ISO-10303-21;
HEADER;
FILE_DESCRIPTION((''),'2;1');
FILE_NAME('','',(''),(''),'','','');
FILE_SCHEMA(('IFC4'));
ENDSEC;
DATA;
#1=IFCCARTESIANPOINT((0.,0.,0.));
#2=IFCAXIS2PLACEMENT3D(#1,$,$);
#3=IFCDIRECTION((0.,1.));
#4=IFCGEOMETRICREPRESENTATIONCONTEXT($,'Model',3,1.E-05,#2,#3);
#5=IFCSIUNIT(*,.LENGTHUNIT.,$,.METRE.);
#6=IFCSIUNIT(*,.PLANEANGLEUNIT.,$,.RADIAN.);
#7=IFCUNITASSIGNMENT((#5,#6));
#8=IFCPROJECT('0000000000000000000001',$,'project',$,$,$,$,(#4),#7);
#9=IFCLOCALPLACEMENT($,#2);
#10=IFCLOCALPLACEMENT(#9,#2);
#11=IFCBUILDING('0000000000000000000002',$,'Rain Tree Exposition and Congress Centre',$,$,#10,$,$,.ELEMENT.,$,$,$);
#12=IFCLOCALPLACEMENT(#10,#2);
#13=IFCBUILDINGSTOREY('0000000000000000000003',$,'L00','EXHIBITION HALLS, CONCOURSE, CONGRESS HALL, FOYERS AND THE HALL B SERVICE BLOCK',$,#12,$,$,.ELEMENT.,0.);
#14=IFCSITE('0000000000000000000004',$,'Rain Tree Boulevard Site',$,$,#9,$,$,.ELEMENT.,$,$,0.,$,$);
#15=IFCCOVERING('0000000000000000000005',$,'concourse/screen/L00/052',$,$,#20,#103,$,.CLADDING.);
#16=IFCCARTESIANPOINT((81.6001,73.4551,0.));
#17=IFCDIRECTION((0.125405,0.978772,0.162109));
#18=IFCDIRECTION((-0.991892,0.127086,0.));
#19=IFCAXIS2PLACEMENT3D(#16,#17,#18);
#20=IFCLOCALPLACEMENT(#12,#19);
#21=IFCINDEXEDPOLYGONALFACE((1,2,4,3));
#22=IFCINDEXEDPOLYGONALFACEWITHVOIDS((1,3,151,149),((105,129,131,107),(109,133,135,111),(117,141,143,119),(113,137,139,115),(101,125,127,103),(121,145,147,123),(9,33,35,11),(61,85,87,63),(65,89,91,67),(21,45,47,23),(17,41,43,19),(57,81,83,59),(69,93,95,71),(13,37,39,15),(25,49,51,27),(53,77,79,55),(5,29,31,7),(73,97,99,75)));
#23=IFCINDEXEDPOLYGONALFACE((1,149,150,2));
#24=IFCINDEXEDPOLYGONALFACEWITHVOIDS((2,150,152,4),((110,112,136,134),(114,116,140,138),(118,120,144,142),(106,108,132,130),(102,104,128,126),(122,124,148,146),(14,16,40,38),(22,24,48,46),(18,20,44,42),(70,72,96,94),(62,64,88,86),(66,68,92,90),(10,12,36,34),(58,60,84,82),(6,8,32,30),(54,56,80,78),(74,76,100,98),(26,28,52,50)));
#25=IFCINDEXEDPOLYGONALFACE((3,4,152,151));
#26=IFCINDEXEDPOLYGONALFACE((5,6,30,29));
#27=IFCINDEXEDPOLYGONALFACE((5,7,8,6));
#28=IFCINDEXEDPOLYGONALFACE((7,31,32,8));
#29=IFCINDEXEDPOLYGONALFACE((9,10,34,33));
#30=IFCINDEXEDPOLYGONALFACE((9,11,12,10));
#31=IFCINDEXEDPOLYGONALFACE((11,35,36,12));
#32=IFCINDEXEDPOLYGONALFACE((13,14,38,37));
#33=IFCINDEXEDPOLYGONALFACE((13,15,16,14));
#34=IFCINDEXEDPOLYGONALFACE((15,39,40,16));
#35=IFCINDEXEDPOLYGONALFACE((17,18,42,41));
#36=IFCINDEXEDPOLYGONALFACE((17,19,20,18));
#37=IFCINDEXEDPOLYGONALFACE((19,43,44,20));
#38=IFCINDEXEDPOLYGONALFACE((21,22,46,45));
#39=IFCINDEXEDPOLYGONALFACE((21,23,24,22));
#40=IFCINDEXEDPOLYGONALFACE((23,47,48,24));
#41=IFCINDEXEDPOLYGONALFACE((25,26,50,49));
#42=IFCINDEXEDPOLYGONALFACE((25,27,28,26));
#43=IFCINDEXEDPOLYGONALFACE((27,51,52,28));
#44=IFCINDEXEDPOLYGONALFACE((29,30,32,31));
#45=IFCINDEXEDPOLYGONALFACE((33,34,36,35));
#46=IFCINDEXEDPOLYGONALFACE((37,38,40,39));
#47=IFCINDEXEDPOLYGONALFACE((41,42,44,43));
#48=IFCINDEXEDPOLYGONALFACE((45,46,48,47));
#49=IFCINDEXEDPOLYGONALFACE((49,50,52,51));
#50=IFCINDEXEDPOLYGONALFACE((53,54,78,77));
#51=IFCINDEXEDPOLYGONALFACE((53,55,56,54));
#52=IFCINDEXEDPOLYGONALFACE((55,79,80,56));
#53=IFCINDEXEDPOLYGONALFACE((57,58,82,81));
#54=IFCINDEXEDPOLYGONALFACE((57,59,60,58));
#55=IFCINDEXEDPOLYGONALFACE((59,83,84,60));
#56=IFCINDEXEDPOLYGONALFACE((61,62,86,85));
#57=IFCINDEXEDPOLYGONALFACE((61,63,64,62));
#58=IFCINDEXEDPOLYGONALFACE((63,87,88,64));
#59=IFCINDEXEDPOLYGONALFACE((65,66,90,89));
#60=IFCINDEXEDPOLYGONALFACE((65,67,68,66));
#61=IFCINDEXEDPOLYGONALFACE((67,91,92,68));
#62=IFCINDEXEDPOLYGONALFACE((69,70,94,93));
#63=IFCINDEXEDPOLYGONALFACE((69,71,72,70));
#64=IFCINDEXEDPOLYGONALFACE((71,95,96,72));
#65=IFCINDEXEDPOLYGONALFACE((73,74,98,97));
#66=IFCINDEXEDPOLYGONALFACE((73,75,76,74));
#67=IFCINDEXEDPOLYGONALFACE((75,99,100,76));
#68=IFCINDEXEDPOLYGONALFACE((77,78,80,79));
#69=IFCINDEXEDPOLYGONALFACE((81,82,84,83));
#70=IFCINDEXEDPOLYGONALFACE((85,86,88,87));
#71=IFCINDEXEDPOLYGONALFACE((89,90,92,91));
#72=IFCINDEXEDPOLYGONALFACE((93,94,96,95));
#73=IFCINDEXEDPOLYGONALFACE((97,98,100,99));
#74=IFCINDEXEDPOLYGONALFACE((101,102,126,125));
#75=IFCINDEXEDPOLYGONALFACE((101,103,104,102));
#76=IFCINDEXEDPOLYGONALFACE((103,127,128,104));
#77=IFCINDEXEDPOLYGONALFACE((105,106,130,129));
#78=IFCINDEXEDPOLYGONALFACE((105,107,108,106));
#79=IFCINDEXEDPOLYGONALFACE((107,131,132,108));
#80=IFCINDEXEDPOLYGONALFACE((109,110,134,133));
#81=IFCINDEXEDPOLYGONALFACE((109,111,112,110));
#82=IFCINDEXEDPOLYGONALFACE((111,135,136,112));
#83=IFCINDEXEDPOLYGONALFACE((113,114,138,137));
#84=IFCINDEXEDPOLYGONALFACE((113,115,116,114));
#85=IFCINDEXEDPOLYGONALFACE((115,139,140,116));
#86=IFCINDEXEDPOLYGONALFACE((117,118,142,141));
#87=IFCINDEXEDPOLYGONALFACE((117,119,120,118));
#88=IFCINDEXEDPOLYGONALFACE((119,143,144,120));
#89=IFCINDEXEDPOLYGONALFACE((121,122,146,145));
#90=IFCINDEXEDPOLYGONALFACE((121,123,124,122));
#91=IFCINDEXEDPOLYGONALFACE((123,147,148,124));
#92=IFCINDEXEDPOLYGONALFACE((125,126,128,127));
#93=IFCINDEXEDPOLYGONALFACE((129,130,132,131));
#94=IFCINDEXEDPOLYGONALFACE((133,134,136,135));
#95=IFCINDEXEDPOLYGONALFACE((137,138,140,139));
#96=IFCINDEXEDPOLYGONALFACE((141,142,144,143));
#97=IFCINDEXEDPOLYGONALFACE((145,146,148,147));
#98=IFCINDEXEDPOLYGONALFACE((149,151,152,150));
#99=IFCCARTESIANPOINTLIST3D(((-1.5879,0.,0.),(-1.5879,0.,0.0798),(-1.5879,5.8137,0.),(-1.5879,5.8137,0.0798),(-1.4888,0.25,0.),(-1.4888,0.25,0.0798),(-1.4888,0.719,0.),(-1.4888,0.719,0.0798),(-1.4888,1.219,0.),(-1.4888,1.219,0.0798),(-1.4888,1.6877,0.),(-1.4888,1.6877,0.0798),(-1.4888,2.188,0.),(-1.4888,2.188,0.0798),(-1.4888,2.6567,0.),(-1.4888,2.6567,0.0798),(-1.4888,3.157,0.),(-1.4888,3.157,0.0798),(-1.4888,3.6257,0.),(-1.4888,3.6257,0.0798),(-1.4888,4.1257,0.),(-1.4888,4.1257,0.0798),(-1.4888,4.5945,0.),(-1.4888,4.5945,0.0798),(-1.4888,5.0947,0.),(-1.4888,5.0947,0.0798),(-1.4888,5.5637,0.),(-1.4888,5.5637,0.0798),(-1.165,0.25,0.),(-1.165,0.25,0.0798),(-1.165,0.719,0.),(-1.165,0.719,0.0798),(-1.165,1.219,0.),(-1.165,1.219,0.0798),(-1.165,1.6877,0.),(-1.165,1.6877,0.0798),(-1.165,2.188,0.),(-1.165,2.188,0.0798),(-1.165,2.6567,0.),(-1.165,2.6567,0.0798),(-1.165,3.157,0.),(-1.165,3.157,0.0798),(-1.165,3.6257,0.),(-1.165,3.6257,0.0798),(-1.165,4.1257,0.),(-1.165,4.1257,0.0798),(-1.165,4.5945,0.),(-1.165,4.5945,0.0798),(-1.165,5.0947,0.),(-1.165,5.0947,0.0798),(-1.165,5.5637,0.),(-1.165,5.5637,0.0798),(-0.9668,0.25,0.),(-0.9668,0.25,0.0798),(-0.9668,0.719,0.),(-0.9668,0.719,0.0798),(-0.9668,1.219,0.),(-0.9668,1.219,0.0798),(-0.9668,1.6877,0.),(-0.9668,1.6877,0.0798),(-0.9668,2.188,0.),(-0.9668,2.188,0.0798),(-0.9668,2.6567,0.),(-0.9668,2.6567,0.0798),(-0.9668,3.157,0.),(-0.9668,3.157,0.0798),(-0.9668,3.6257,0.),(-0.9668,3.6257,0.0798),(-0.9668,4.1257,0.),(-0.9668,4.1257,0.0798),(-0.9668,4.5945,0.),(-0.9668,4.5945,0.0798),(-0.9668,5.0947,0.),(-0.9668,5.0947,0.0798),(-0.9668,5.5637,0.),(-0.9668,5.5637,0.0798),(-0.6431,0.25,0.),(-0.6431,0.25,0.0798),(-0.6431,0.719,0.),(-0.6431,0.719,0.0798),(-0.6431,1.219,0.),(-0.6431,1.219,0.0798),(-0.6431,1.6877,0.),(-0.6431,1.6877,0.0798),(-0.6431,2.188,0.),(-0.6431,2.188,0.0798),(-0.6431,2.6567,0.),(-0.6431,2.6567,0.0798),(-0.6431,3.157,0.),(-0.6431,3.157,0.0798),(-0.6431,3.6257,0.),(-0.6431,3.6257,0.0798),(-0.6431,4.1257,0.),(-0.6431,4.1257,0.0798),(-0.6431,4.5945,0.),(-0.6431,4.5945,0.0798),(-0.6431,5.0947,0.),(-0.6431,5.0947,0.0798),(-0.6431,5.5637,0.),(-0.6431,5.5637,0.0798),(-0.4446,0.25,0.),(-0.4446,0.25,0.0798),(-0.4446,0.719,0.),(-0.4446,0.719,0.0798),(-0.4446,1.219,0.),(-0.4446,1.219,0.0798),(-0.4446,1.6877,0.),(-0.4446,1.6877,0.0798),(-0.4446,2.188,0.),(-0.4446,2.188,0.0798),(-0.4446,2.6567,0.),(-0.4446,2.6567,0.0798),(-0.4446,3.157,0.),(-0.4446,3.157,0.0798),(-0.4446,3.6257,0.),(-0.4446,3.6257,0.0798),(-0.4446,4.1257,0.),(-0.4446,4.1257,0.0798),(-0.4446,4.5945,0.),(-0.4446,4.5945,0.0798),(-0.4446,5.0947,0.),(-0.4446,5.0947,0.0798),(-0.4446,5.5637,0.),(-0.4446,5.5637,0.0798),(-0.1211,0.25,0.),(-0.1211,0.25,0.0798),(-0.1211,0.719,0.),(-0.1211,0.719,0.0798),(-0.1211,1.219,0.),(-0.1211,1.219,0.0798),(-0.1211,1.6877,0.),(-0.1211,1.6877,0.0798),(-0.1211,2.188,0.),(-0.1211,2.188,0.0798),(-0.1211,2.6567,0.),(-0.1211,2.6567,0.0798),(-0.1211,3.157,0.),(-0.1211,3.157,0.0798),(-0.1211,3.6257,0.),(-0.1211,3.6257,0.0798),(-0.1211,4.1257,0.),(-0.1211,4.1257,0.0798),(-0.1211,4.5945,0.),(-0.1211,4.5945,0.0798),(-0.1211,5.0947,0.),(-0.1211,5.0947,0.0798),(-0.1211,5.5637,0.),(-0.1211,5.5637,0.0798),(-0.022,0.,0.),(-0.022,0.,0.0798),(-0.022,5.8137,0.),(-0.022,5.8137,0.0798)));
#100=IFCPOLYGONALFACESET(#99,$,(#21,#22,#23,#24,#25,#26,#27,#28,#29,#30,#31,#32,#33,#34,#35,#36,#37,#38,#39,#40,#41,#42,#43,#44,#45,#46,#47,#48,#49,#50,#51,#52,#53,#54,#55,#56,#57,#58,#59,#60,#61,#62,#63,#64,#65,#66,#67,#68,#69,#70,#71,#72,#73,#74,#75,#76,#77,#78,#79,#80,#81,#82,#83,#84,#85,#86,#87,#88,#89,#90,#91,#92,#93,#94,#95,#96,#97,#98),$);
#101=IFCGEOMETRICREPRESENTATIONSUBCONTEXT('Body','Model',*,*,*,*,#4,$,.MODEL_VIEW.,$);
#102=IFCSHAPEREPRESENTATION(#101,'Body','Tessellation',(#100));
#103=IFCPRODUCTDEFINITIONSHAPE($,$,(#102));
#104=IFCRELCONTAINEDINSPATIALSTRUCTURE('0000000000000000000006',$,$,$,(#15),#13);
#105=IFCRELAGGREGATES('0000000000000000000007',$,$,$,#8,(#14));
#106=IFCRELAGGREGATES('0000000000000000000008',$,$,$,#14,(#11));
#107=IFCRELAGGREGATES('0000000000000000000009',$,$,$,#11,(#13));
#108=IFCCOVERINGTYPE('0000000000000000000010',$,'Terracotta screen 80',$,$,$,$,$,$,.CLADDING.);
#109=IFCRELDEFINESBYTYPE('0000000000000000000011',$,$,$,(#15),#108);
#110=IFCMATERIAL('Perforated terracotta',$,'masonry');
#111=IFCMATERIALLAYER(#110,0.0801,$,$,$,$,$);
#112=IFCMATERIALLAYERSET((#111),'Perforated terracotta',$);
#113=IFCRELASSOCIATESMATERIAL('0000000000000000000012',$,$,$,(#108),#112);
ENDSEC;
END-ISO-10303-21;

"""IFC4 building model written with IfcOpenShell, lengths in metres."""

from ifc_helpers import new_model, si_unit, direction, frame, origin, place, context, subcontext, project, spatial, polyline, outline, extrude, material, layer, layer_set, type_object, element, save


model = new_model("IFC4")

# Units and contexts
model_context = context("Model", 3, precision=1e-05, world=origin(), true_north=direction((0.0, 1.0)))
body_context = subcontext(model_context, "Body", "Model", "MODEL_VIEW")
ifc_project = project(units=[si_unit("LENGTHUNIT", "METRE"), si_unit("PLANEANGLEUNIT", "RADIAN")], contexts=[model_context])

# Site, building, storey
site_placement = place(None, origin())
site = spatial("IfcSite", under=ifc_project, at=site_placement, Name="Rain Tree Boulevard Site", CompositionType="ELEMENT", RefElevation=0.0)
building_placement = place(site_placement, origin())
building = spatial("IfcBuilding", under=site, at=building_placement, Name="Rain Tree Exposition and Congress Centre", CompositionType="ELEMENT")
storey_placement = place(building_placement, origin())
storey = spatial("IfcBuildingStorey", under=building, at=storey_placement, Name="L00", Description="EXHIBITION HALLS, CONCOURSE, CONGRESS HALL, FOYERS AND THE HALL B SERVICE BLOCK", CompositionType="ELEMENT", Elevation=0.0)

# Covering
ifc_material_1 = material(Name="Perforated terracotta", Category="masonry")
ifc_layer_1 = layer(ifc_material_1, 0.0801)
ifc_layer_set_1 = layer_set([ifc_layer_1], Name="Perforated terracotta")
covering_type_1 = type_object("IfcCoveringType", Name="Terracotta screen 80", PredefinedType="CLADDING", material=ifc_layer_set_1)
covering_1_placement = place(storey_placement, frame((81.6001, 73.4551, 0.0), z_axis=(0.125405, 0.978772, 0.162109), x_axis=(-0.991892, 0.127086, 0.0)))
element("IfcCovering", 1, at=covering_1_placement, inside=storey, type_object=covering_type_1, Name="concourse/screen/L00/052", PredefinedType="CLADDING", context=body_context, shape_type="SweptSolid", body=[
    extrude(outline(polyline([(-0.022, 0.0), (-1.5879, 0.0), (-1.5879, 5.8137), (-0.022, 5.8137), (-0.022, 0.0)]), holes=[polyline([(-0.1211, 0.25), (-0.1211, 0.719), (-0.4446, 0.719), (-0.4446, 0.25), (-0.1211, 0.25)]), polyline([(-0.1211, 1.219), (-0.1211, 1.6877), (-0.4446, 1.6877), (-0.4446, 1.219), (-0.1211, 1.219)]), polyline([(-0.1211, 2.188), (-0.1211, 2.6567), (-0.4446, 2.6567), (-0.4446, 2.188), (-0.1211, 2.188)]), polyline([(-0.1211, 3.157), (-0.1211, 3.6257), (-0.4446, 3.6257), (-0.4446, 3.157), (-0.1211, 3.157)]), polyline([(-0.1211, 4.1257), (-0.1211, 4.5945), (-0.4446, 4.5945), (-0.4446, 4.1257), (-0.1211, 4.1257)]), polyline([(-0.1211, 5.0947), (-0.1211, 5.5637), (-0.4446, 5.5637), (-0.4446, 5.0947), (-0.1211, 5.0947)]), polyline([(-0.6431, 0.25), (-0.6431, 0.719), (-0.9668, 0.719), (-0.9668, 0.25), (-0.6431, 0.25)]), polyline([(-0.6431, 1.219), (-0.6431, 1.6877), (-0.9668, 1.6877), (-0.9668, 1.219), (-0.6431, 1.219)]), polyline([(-0.6431, 2.188), (-0.6431, 2.6567), (-0.9668, 2.6567), (-0.9668, 2.188), (-0.6431, 2.188)]), polyline([(-0.6431, 3.157), (-0.6431, 3.6257), (-0.9668, 3.6257), (-0.9668, 3.157), (-0.6431, 3.157)]), polyline([(-0.6431, 4.1257), (-0.6431, 4.5945), (-0.9668, 4.5945), (-0.9668, 4.1257), (-0.6431, 4.1257)]), polyline([(-0.6431, 5.0947), (-0.6431, 5.5637), (-0.9668, 5.5637), (-0.9668, 5.0947), (-0.6431, 5.0947)]), polyline([(-1.165, 0.25), (-1.165, 0.719), (-1.4888, 0.719), (-1.4888, 0.25), (-1.165, 0.25)]), polyline([(-1.165, 1.219), (-1.165, 1.6877), (-1.4888, 1.6877), (-1.4888, 1.219), (-1.165, 1.219)]), polyline([(-1.165, 2.188), (-1.165, 2.6567), (-1.4888, 2.6567), (-1.4888, 2.188), (-1.165, 2.188)]), polyline([(-1.165, 3.157), (-1.165, 3.6257), (-1.4888, 3.6257), (-1.4888, 3.157), (-1.165, 3.157)]), polyline([(-1.165, 4.1257), (-1.165, 4.5945), (-1.4888, 4.5945), (-1.4888, 4.1257), (-1.165, 4.1257)]), polyline([(-1.165, 5.0947), (-1.165, 5.5637), (-1.4888, 5.5637), (-1.4888, 5.0947), (-1.165, 5.0947)])]), origin(), (0.0, 0.0, 1.0), 0.0798),
])

save(model, "model.ifc")
